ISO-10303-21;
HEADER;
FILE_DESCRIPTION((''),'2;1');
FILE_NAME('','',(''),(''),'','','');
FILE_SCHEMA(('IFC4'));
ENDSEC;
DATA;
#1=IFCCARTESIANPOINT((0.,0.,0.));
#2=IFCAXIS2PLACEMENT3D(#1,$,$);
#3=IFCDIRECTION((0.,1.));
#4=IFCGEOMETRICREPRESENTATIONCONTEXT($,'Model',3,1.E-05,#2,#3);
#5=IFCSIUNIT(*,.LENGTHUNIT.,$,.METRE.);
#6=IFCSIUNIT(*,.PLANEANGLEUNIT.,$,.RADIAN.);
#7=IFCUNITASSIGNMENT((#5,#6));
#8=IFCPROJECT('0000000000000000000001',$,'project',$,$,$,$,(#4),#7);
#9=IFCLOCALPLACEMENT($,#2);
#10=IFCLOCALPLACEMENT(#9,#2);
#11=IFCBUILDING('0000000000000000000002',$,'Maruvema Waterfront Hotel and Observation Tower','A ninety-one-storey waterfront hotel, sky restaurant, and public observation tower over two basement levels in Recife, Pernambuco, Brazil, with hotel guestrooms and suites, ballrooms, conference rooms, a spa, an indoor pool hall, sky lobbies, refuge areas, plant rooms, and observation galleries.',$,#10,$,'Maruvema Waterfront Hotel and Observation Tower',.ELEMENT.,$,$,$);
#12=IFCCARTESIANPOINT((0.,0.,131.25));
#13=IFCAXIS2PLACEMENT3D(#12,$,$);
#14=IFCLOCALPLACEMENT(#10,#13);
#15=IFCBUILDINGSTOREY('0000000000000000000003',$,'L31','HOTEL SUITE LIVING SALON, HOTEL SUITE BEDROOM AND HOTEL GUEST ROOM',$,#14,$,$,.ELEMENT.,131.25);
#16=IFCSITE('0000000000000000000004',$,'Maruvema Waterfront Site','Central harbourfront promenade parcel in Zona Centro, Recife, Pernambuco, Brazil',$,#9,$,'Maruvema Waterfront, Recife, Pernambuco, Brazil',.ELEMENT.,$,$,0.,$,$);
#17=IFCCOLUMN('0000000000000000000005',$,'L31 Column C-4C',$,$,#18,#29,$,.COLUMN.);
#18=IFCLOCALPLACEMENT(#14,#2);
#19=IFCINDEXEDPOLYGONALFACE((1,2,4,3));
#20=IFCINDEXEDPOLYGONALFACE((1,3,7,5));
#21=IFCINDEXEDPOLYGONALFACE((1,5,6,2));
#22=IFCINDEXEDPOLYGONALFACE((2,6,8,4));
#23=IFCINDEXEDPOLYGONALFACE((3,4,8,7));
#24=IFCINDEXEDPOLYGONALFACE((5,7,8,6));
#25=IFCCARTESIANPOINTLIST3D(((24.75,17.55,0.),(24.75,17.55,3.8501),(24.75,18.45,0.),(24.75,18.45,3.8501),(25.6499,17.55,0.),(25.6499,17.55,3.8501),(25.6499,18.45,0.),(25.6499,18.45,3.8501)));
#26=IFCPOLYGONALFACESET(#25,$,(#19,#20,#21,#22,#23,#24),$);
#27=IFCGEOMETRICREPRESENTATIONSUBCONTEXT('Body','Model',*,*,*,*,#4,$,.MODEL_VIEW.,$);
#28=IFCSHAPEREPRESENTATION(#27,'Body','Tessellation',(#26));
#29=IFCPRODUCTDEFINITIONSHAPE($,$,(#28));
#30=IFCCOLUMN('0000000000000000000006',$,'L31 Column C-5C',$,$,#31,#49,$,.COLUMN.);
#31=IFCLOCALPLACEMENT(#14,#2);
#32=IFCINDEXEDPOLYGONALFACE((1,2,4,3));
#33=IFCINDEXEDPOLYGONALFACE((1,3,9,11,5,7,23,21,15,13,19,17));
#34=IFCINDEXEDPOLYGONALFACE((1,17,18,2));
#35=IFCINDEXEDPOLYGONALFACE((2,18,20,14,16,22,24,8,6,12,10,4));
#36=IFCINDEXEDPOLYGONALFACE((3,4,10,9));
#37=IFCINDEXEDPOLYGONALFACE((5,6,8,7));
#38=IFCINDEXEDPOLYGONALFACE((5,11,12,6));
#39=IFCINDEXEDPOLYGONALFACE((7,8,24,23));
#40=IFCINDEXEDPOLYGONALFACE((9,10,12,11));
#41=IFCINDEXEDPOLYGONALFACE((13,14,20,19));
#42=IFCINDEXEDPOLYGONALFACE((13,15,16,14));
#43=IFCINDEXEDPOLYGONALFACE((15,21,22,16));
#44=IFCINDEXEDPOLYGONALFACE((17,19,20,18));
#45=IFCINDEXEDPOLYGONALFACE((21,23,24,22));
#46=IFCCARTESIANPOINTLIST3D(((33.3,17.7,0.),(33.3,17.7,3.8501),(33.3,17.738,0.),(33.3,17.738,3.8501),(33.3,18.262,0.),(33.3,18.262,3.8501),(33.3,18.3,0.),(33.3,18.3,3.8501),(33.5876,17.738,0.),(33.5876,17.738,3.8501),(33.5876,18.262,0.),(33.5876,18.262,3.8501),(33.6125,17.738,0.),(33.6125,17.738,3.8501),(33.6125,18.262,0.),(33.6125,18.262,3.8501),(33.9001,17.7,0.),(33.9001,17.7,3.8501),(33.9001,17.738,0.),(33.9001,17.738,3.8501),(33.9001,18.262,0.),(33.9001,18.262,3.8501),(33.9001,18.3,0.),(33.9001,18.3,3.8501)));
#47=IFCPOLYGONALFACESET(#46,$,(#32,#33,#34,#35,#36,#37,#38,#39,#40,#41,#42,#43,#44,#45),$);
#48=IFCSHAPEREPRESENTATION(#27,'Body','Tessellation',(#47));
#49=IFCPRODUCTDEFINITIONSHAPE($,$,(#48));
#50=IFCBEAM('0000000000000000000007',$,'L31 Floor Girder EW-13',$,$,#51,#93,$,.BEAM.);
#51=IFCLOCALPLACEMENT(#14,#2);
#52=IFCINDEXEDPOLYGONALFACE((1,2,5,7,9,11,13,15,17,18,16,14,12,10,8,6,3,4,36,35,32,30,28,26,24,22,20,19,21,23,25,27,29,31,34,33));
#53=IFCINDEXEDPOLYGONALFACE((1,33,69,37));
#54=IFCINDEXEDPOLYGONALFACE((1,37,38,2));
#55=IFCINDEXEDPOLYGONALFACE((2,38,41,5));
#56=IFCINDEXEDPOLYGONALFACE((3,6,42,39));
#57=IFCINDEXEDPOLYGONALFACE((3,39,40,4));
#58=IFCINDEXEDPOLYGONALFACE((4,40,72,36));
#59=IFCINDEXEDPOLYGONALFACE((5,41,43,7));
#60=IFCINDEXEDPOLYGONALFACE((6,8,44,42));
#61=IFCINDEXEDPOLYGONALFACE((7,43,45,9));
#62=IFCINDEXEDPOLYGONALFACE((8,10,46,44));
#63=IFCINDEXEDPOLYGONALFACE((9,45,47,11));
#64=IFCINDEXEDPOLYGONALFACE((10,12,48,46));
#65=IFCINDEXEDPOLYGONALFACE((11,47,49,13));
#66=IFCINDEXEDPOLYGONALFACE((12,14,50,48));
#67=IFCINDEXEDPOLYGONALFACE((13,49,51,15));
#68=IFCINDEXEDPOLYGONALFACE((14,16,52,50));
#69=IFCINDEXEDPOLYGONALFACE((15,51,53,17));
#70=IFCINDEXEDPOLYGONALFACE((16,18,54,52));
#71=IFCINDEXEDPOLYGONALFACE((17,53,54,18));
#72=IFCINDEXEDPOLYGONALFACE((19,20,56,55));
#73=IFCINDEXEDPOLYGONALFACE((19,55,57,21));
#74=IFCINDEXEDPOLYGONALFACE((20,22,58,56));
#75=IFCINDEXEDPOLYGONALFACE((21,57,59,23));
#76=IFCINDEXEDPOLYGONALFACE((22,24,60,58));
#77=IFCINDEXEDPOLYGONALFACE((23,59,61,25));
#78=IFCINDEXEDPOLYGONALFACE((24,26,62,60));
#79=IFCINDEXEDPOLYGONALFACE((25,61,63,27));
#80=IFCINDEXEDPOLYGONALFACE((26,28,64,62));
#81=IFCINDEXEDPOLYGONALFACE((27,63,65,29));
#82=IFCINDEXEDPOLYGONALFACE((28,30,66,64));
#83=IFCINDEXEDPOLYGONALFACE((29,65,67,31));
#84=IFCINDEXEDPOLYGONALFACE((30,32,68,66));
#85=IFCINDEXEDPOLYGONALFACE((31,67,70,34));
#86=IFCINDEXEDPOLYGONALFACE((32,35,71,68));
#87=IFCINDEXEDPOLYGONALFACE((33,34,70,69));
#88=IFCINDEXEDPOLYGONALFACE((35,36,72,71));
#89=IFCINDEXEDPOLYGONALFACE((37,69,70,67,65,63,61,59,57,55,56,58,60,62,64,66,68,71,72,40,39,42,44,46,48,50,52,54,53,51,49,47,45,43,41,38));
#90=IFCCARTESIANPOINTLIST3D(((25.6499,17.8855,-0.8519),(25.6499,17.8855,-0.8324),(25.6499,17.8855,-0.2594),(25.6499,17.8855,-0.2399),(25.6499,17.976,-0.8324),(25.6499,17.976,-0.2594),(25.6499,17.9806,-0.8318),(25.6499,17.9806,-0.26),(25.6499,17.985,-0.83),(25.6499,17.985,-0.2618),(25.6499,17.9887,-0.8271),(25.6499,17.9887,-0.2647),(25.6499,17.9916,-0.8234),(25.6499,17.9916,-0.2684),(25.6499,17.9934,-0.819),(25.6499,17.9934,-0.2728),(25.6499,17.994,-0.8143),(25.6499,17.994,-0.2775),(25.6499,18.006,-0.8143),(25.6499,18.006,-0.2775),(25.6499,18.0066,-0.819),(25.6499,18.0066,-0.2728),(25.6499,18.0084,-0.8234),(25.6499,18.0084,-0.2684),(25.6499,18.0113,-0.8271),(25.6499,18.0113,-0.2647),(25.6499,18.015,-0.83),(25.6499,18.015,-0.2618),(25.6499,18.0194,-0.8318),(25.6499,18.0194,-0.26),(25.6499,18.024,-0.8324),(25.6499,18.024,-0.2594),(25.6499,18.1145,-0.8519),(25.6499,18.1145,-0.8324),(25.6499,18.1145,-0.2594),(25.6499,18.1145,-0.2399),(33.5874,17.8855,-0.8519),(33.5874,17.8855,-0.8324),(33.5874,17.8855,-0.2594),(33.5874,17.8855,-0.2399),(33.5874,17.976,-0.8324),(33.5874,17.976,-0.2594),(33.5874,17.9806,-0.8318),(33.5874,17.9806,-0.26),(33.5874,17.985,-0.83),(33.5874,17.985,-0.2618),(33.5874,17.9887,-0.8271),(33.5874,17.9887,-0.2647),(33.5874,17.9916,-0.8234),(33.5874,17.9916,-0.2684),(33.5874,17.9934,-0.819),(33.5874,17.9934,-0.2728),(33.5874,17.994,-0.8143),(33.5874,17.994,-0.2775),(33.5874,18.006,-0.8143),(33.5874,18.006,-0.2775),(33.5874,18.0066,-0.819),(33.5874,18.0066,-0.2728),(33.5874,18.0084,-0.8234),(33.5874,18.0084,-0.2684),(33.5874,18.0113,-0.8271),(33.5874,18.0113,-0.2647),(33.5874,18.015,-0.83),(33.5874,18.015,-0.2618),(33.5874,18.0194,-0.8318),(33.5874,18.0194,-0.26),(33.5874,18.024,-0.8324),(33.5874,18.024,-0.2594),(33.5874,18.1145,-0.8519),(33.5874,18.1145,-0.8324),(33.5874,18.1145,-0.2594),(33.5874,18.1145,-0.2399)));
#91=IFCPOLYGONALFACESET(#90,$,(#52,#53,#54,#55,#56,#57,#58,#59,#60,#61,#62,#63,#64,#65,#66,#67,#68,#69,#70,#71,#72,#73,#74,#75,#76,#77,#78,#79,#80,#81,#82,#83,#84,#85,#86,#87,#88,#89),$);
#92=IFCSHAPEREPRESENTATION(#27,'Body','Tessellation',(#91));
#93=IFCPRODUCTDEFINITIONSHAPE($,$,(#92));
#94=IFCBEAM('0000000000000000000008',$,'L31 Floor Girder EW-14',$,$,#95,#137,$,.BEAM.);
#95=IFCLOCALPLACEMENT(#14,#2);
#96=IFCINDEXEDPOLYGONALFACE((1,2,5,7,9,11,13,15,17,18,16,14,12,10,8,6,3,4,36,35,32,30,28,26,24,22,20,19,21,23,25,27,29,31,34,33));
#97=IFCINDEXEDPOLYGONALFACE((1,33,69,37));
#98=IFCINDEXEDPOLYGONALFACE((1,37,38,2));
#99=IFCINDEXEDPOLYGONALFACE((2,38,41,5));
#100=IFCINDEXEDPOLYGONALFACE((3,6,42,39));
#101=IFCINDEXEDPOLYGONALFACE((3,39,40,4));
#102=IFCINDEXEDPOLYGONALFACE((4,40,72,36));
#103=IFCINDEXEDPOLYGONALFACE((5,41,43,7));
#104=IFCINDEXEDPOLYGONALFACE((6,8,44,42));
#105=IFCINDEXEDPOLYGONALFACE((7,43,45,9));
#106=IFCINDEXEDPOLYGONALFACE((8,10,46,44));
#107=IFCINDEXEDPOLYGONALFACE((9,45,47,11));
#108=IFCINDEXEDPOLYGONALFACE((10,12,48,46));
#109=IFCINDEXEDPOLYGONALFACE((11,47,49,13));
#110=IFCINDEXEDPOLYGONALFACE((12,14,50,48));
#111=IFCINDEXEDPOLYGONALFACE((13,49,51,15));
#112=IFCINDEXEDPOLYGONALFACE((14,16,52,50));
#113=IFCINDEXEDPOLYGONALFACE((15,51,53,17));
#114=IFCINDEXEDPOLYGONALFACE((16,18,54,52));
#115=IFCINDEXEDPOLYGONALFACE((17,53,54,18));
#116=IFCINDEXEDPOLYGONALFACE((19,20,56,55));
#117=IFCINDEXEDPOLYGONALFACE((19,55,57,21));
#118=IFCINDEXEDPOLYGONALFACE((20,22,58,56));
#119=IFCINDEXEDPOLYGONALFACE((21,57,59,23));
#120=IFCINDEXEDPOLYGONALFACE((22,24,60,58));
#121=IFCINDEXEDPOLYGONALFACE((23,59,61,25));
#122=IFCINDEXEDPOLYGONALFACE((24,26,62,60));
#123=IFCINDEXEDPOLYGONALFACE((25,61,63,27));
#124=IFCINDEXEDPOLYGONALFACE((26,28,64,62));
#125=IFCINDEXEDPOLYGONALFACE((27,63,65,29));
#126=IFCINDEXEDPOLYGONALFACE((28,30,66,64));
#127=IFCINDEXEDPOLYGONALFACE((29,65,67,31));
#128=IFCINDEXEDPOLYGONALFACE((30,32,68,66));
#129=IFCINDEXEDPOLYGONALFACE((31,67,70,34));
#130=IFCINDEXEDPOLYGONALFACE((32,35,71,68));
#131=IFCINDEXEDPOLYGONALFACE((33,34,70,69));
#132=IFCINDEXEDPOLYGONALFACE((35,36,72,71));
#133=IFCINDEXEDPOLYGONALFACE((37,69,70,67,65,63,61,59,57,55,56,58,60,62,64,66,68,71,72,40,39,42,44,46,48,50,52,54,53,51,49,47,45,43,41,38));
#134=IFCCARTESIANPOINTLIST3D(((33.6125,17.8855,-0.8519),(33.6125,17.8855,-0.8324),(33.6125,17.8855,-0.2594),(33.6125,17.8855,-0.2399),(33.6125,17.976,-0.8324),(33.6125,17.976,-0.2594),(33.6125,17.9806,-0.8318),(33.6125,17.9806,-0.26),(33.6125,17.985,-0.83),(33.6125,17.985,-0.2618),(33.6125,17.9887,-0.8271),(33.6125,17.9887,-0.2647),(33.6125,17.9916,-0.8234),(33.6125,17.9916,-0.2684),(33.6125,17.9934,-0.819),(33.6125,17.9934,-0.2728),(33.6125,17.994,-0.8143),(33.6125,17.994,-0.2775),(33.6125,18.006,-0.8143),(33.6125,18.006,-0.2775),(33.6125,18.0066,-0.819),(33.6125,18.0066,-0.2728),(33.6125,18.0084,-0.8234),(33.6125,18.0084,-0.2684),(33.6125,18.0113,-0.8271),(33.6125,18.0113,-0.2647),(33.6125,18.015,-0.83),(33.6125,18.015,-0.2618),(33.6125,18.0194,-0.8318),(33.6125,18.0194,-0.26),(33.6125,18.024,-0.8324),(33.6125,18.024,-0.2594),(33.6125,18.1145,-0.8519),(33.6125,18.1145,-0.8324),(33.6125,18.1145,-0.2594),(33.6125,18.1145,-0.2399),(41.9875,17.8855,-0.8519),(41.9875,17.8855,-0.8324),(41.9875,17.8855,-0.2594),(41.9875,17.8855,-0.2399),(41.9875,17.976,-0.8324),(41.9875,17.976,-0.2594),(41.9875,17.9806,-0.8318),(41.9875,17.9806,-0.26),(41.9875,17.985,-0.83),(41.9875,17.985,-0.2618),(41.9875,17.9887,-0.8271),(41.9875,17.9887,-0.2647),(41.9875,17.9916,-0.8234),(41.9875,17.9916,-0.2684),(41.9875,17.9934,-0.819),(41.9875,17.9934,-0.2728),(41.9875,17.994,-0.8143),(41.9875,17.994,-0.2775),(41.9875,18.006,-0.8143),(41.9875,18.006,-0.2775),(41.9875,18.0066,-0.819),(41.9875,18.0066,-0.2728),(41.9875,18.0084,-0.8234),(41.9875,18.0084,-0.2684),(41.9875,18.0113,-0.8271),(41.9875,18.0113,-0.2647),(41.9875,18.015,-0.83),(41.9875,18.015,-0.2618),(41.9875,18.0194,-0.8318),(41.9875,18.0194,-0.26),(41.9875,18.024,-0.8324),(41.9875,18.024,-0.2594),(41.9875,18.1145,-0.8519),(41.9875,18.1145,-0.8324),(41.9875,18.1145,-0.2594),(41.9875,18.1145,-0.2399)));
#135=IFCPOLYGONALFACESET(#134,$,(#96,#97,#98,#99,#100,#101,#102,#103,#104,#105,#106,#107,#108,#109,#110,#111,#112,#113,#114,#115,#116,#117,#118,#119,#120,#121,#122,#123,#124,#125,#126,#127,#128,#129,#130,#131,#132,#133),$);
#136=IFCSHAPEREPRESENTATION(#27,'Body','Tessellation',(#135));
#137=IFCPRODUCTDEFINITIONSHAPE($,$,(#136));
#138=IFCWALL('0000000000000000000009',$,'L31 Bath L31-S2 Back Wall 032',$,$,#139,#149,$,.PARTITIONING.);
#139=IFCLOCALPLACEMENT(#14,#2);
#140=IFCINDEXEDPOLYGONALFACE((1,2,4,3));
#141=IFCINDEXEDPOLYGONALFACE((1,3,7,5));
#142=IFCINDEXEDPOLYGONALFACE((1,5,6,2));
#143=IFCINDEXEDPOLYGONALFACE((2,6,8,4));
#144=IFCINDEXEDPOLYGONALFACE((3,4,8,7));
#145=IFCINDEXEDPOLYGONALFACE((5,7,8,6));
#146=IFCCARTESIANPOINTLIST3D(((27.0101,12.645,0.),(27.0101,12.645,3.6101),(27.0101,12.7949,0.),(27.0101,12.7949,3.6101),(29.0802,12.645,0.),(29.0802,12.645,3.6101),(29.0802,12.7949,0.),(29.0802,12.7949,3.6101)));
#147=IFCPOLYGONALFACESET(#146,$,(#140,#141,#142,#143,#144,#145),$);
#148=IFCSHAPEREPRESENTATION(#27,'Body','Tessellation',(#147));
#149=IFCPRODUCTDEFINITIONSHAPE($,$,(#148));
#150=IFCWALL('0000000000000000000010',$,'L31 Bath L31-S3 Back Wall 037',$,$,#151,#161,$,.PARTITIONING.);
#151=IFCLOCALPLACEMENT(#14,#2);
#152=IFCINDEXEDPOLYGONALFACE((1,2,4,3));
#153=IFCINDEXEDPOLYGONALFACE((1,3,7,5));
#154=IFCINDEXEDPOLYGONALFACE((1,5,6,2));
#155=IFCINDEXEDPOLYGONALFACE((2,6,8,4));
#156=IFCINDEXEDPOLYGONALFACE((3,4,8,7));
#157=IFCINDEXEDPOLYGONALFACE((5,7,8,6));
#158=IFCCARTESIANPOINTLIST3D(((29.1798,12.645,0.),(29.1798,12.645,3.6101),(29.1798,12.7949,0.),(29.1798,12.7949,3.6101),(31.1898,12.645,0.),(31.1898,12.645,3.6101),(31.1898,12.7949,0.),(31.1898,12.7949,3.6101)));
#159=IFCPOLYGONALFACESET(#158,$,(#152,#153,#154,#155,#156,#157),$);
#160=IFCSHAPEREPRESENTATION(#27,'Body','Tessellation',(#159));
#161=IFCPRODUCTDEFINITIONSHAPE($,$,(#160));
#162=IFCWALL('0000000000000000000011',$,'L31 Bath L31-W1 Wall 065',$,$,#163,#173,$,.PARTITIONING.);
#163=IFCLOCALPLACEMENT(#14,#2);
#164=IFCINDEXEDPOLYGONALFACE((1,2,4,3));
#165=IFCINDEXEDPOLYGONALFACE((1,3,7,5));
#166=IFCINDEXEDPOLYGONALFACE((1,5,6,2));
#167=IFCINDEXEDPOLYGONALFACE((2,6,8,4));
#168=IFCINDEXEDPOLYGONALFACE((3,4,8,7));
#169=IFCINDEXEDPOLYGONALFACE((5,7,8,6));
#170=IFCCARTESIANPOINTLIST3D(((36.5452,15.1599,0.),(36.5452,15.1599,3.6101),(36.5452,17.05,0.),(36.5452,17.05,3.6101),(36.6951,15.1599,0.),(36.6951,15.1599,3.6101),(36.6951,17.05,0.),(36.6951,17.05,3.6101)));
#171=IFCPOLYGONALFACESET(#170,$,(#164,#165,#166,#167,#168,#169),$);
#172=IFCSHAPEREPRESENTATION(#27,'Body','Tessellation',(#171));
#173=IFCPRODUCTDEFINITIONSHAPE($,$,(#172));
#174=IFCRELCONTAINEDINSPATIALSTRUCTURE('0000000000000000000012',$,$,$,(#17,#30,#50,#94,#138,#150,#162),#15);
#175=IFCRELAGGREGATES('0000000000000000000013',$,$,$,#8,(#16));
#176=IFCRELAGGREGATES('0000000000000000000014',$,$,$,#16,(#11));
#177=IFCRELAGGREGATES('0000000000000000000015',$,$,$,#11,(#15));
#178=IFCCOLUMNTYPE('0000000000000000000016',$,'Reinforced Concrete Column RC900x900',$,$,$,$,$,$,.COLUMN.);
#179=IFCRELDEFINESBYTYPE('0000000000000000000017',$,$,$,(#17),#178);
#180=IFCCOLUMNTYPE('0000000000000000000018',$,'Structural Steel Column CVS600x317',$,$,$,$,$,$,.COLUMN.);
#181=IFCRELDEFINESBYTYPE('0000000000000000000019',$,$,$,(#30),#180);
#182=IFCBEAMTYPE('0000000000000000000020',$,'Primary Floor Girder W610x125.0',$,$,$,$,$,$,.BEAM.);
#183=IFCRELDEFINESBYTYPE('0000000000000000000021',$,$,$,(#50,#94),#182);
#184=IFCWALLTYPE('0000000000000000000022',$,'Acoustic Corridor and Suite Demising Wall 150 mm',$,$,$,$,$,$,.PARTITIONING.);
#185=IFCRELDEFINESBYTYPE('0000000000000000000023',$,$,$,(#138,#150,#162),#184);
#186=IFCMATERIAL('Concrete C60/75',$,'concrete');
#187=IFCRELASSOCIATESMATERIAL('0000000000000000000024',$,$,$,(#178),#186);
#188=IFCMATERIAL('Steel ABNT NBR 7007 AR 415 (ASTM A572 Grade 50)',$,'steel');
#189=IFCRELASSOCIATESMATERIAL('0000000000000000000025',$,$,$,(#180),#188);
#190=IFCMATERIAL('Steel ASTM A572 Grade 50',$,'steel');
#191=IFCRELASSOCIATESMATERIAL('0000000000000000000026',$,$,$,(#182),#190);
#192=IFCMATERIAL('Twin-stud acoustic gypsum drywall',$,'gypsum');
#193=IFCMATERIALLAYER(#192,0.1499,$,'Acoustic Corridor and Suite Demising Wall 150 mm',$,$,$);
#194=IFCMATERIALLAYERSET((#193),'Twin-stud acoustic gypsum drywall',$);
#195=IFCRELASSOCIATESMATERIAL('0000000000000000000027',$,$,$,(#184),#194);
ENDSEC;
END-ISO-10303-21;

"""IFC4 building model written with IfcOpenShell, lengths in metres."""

from ifc_helpers import new_model, si_unit, direction, frame, frame_2d, origin, origin_2d, place, context, subcontext, project, spatial, rectangle, i_section, extrude, material, layer, layer_set, material_profile, profile_set, type_object, element, save


model = new_model("IFC4")

# Units and contexts
model_context = context("Model", 3, precision=1e-05, world=origin(), true_north=direction((0.0, 1.0)))
body_context = subcontext(model_context, "Body", "Model", "MODEL_VIEW")
ifc_project = project(units=[si_unit("LENGTHUNIT", "METRE"), si_unit("PLANEANGLEUNIT", "RADIAN")], contexts=[model_context])

# Site, building, storey
site_placement = place(None, origin())
site = spatial("IfcSite", under=ifc_project, at=site_placement, Name="Maruvema Waterfront Site", Description="Central harbourfront promenade parcel in Zona Centro, Recife, Pernambuco, Brazil", LongName="Maruvema Waterfront, Recife, Pernambuco, Brazil", CompositionType="ELEMENT", RefElevation=0.0)
building_placement = place(site_placement, origin())
building = spatial("IfcBuilding", under=site, at=building_placement, Name="Maruvema Waterfront Hotel and Observation Tower", Description="A ninety-one-storey waterfront hotel, sky restaurant, and public observation tower over two basement levels in Recife, Pernambuco, Brazil, with hotel guestrooms and suites, ballrooms, conference rooms, a spa, an indoor pool hall, sky lobbies, refuge areas, plant rooms, and observation galleries.", LongName="Maruvema Waterfront Hotel and Observation Tower", CompositionType="ELEMENT")
storey_placement = place(building_placement, frame((0.0, 0.0, 131.25)))
storey = spatial("IfcBuildingStorey", under=building, at=storey_placement, Name="L31", Description="HOTEL SUITE LIVING SALON, HOTEL SUITE BEDROOM AND HOTEL GUEST ROOM", CompositionType="ELEMENT", Elevation=131.25)

# Columns
ifc_material_1 = material(Name="Concrete C60/75", Category="concrete")
ifc_material_profile_1 = material_profile(ifc_material_1, rectangle(XDim=0.8999, YDim=0.8999, at=origin_2d()), Name="RC900x900")
ifc_profile_set_1 = profile_set([ifc_material_profile_1], Name="Concrete C60/75")
column_type_1 = type_object("IfcColumnType", Name="Reinforced Concrete Column RC900x900", PredefinedType="COLUMN", material=ifc_profile_set_1)
column_1_placement = place(storey_placement, frame((25.2, 18.0, 0.0), z_axis=(0.0, 0.0, 1.0), x_axis=(1.0, 0.0, 0.0)))
element("IfcColumn", 1, at=column_1_placement, inside=storey, type_object=column_type_1, Name="L31 Column C-4C", PredefinedType="COLUMN", context=body_context, shape_type="SweptSolid", body=[
    extrude(rectangle(XDim=0.8999, YDim=0.8999, at=origin_2d()), origin(), (0.0, 0.0, 1.0), 3.8501),
])
ifc_material_2 = material(Name="Steel ABNT NBR 7007 AR 415 (ASTM A572 Grade 50)", Category="steel")
ifc_material_profile_2 = material_profile(ifc_material_2, i_section(OverallWidth=0.6001, OverallDepth=0.6001, WebThickness=0.0249, FlangeThickness=0.0381, at=origin_2d()), Name="CVS600x317")
ifc_profile_set_2 = profile_set([ifc_material_profile_2], Name="Steel ABNT NBR 7007 AR 415 (ASTM A572 Grade 50)")
column_type_2 = type_object("IfcColumnType", Name="Structural Steel Column CVS600x317", PredefinedType="COLUMN", material=ifc_profile_set_2)
column_2_placement = place(storey_placement, frame((33.6001, 18.0, 0.0), z_axis=(0.0, 0.0, 1.0), x_axis=(1.0, 0.0, 0.0)))
element("IfcColumn", 2, at=column_2_placement, inside=storey, type_object=column_type_2, Name="L31 Column C-5C", PredefinedType="COLUMN", context=body_context, shape_type="SweptSolid", body=[
    extrude(i_section(OverallWidth=0.6001, OverallDepth=0.6001, WebThickness=0.0249, FlangeThickness=0.0381, at=origin_2d()), origin(), (0.0, 0.0, 1.0), 3.8501),
])

# Beams
ifc_material_3 = material(Name="Steel ASTM A572 Grade 50", Category="steel")
ifc_material_profile_3 = material_profile(ifc_material_3, i_section(OverallWidth=0.229, OverallDepth=0.6121, WebThickness=0.012, FlangeThickness=0.0195, FilletRadius=0.0181, at=origin_2d()), Name="W610x125.0")
ifc_profile_set_3 = profile_set([ifc_material_profile_3], Name="Steel ASTM A572 Grade 50")
beam_type = type_object("IfcBeamType", Name="Primary Floor Girder W610x125.0", PredefinedType="BEAM", material=ifc_profile_set_3)
beam_1_placement = place(storey_placement, frame((25.6499, 18.0, -0.5459), z_axis=(1.0, 0.0, 0.0), x_axis=(0.0, 1.0, 0.0)))
element("IfcBeam", 3, at=beam_1_placement, inside=storey, type_object=beam_type, Name="L31 Floor Girder EW-13", PredefinedType="BEAM", context=body_context, shape_type="SweptSolid", body=[
    extrude(i_section(OverallWidth=0.229, OverallDepth=0.6121, WebThickness=0.012, FlangeThickness=0.0195, FilletRadius=0.0181, at=origin_2d()), origin(), (0.0, 0.0, 1.0), 7.9375),
])
beam_2_placement = place(storey_placement, frame((33.6125, 18.0, -0.5459), z_axis=(1.0, 0.0, 0.0), x_axis=(0.0, 1.0, 0.0)))
element("IfcBeam", 4, at=beam_2_placement, inside=storey, type_object=beam_type, Name="L31 Floor Girder EW-14", PredefinedType="BEAM", context=body_context, shape_type="SweptSolid", body=[
    extrude(i_section(OverallWidth=0.229, OverallDepth=0.6121, WebThickness=0.012, FlangeThickness=0.0195, FilletRadius=0.0181, at=origin_2d()), origin(), (0.0, 0.0, 1.0), 8.375),
])

# Wall
ifc_material_4 = material(Name="Twin-stud acoustic gypsum drywall", Category="gypsum")
ifc_layer_1 = layer(ifc_material_4, 0.1499, Name="Acoustic Corridor and Suite Demising Wall 150 mm")
ifc_layer_set_1 = layer_set([ifc_layer_1], Name="Twin-stud acoustic gypsum drywall")
wall_type_1 = type_object("IfcWallType", Name="Acoustic Corridor and Suite Demising Wall 150 mm", PredefinedType="PARTITIONING", material=ifc_layer_set_1)
wall_1_placement = place(storey_placement, frame((27.01, 12.72, 0.0), z_axis=(0.0, 0.0, 1.0), x_axis=(1.0, 0.0, 0.0)))
element("IfcWall", 5, at=wall_1_placement, inside=storey, type_object=wall_type_1, Name="L31 Bath L31-S2 Back Wall 032", PredefinedType="PARTITIONING", context=body_context, shape_type="SweptSolid", body=[
    extrude(rectangle(XDim=2.0701, YDim=0.1499, at=frame_2d((1.0352, 0.0))), origin(), (0.0, 0.0, 1.0), 3.6101),
])

# Wall
wall_2_placement = place(storey_placement, frame((29.1799, 12.72, 0.0), z_axis=(0.0, 0.0, 1.0), x_axis=(1.0, 0.0, 0.0)))
element("IfcWall", 6, at=wall_2_placement, inside=storey, type_object=wall_type_1, Name="L31 Bath L31-S3 Back Wall 037", PredefinedType="PARTITIONING", context=body_context, shape_type="SweptSolid", body=[
    extrude(rectangle(XDim=2.01, YDim=0.1499, at=frame_2d((1.0049, 0.0))), origin(), (0.0, 0.0, 1.0), 3.6101),
])

# Wall
wall_3_placement = place(storey_placement, frame((36.6201, 15.1599, 0.0), z_axis=(0.0, 0.0, 1.0), x_axis=(0.0, 1.0, 0.0)))
element("IfcWall", 7, at=wall_3_placement, inside=storey, type_object=wall_type_1, Name="L31 Bath L31-W1 Wall 065", PredefinedType="PARTITIONING", context=body_context, shape_type="SweptSolid", body=[
    extrude(rectangle(XDim=1.8901, YDim=0.1499, at=frame_2d((0.9451, 0.0))), origin(), (0.0, 0.0, 1.0), 3.6101),
])

save(model, "model.ifc")
